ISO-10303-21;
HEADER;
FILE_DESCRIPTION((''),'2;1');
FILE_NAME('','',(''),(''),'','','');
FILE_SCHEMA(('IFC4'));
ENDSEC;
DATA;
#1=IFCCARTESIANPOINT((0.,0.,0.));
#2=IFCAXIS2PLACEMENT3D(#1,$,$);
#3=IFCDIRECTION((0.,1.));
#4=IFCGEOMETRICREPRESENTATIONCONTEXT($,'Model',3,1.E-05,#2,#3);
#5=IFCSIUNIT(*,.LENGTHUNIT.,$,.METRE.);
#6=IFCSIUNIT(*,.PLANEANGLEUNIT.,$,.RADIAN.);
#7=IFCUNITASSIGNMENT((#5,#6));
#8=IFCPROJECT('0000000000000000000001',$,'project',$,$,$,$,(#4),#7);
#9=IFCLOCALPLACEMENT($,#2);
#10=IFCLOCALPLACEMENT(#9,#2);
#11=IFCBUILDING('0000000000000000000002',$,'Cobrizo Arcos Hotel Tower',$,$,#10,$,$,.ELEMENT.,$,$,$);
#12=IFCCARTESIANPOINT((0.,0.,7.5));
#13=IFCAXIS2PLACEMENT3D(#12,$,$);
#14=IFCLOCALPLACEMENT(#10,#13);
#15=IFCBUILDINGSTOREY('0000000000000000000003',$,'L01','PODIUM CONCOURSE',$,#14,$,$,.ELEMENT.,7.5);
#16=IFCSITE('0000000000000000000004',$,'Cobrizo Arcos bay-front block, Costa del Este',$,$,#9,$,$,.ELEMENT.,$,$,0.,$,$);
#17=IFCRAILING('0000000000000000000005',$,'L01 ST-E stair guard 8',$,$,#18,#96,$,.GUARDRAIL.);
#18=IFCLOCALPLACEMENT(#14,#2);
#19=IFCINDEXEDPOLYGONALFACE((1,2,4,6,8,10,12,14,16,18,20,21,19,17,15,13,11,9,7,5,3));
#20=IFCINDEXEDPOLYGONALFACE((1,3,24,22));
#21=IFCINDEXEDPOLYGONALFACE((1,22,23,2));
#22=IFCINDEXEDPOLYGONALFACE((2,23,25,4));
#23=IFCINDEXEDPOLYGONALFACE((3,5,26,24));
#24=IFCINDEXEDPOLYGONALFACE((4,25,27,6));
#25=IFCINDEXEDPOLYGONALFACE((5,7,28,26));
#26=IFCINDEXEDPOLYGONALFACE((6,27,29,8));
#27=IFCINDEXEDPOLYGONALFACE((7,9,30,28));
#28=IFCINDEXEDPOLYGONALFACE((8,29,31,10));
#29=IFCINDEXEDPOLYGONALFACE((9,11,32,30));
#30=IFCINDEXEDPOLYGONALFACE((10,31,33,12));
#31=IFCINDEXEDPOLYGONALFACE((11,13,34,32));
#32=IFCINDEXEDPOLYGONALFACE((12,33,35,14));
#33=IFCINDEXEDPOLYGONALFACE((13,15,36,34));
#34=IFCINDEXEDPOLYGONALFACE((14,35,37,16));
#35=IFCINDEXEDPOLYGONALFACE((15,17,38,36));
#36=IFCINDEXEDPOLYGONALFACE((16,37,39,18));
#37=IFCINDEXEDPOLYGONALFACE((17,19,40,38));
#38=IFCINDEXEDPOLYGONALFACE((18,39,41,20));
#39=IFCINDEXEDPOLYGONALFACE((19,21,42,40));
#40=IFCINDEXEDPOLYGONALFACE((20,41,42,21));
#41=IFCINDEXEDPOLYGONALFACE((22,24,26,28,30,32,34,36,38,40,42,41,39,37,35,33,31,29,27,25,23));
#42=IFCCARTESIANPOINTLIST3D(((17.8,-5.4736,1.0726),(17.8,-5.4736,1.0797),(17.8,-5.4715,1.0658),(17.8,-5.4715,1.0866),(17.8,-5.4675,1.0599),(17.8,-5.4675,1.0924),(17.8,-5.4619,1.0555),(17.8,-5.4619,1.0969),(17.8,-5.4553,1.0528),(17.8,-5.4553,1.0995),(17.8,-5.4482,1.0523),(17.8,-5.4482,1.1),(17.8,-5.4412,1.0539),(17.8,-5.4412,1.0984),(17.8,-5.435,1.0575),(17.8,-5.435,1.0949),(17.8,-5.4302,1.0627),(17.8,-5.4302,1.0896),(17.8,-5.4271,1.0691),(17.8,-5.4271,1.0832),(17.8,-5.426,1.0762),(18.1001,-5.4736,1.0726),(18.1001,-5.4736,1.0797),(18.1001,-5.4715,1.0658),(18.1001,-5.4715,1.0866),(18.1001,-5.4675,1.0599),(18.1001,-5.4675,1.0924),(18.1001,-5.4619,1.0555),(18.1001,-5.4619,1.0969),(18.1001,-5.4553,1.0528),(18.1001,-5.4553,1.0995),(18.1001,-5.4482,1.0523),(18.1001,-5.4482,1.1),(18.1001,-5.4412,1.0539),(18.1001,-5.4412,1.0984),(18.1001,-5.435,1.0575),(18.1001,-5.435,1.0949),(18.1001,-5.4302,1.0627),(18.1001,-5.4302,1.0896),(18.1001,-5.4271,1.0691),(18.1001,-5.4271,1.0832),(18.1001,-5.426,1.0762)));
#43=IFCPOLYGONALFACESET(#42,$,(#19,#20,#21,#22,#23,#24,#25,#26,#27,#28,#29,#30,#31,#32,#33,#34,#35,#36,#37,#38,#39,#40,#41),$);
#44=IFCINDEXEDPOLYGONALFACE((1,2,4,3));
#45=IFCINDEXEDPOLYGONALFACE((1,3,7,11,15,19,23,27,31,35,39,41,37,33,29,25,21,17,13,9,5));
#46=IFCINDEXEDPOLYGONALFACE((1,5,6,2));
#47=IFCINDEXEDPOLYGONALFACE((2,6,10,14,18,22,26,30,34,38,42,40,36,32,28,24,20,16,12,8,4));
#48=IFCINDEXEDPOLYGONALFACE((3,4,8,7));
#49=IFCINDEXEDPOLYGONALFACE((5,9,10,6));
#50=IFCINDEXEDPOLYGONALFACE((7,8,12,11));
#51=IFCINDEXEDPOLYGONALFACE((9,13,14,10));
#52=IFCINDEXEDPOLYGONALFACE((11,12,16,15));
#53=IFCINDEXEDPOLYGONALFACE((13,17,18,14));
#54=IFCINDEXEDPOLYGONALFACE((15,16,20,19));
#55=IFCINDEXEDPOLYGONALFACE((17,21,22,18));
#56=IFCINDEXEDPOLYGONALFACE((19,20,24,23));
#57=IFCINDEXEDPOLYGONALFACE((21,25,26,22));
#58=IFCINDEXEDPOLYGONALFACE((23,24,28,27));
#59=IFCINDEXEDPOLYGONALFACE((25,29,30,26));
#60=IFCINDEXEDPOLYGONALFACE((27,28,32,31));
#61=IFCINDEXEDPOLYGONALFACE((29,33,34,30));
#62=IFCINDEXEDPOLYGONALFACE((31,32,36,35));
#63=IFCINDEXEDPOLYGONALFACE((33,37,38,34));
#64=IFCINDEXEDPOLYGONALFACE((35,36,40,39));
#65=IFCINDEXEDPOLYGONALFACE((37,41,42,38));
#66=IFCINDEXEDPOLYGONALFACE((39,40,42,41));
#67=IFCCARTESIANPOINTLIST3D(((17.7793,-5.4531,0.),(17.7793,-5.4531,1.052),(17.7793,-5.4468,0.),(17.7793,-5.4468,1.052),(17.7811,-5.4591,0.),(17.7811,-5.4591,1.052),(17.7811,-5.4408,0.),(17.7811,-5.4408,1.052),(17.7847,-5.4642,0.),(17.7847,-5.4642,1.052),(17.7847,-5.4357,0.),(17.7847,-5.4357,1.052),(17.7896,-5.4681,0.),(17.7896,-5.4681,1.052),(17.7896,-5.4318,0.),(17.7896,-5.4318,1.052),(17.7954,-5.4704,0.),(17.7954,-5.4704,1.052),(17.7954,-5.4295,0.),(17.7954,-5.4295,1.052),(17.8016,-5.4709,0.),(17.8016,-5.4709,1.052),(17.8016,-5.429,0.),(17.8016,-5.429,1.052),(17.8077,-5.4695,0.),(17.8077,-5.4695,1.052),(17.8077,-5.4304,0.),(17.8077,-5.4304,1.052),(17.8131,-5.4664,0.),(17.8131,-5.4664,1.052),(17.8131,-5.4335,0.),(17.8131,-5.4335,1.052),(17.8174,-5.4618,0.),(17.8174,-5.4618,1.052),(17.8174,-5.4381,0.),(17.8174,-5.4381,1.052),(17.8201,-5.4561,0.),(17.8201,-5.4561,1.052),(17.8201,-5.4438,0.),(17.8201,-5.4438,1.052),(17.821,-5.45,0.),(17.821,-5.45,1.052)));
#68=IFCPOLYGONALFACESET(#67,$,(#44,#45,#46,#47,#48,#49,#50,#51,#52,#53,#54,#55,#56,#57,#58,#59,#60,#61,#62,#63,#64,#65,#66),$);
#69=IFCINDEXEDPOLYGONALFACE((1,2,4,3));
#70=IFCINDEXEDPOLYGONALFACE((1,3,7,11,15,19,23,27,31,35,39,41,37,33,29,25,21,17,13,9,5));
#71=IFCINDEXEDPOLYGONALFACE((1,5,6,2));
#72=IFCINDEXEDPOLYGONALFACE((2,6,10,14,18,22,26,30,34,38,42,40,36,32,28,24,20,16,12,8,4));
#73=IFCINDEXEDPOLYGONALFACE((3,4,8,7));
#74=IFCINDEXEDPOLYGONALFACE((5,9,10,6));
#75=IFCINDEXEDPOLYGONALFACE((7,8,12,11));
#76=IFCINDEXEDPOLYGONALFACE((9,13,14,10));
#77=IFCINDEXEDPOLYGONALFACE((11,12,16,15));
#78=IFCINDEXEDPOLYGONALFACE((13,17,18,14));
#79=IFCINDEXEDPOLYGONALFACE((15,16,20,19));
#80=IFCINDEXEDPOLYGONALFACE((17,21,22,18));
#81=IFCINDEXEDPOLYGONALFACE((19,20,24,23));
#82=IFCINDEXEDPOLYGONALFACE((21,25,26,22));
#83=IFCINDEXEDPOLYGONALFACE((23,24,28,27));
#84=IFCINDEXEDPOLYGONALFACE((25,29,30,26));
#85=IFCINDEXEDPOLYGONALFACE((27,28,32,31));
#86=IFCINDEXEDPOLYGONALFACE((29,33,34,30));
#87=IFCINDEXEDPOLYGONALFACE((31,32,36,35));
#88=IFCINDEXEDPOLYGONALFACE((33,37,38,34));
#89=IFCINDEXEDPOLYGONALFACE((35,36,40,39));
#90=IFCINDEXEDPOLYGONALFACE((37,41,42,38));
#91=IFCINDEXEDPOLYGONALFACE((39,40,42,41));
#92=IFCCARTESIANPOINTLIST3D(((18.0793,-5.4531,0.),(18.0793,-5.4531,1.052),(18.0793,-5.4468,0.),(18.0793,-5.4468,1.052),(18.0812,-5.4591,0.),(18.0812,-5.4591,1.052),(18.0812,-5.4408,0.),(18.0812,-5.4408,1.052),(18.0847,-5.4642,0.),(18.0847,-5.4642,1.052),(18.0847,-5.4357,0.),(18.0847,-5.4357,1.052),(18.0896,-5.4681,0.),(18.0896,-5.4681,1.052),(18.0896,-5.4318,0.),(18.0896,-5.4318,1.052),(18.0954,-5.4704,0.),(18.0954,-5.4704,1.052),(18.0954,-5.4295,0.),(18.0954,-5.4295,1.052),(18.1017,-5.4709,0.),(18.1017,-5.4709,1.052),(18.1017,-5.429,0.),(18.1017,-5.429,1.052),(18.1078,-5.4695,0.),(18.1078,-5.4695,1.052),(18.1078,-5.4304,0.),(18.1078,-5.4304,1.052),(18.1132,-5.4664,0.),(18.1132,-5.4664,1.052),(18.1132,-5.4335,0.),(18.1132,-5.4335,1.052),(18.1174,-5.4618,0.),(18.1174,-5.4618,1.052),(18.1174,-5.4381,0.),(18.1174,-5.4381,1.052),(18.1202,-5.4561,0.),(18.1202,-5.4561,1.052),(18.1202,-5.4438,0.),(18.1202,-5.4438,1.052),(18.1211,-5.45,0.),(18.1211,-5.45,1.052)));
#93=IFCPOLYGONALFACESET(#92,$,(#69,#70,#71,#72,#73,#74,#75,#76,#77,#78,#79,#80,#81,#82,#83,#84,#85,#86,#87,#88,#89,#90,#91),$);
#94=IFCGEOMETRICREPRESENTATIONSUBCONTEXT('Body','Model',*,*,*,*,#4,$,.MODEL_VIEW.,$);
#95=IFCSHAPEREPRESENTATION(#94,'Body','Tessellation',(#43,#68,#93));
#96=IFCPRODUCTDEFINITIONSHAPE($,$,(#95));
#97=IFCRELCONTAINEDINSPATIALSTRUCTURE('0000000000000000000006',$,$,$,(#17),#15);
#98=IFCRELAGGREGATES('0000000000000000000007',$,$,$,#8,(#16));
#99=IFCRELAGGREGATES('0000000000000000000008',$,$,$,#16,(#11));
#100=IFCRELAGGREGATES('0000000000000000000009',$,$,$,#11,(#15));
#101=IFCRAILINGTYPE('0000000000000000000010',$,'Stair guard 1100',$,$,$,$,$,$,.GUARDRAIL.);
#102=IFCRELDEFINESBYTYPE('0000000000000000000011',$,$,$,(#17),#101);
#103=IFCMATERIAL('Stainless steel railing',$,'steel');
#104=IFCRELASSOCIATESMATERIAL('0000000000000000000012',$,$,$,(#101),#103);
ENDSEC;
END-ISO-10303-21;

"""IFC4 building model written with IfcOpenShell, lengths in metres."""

from ifc_helpers import new_model, si_unit, direction, frame, origin, origin_2d, place, context, subcontext, project, spatial, circle, extrude, material, type_object, element, save


model = new_model("IFC4")

# Units and contexts
model_context = context("Model", 3, precision=1e-05, world=origin(), true_north=direction((0.0, 1.0)))
body_context = subcontext(model_context, "Body", "Model", "MODEL_VIEW")
ifc_project = project(units=[si_unit("LENGTHUNIT", "METRE"), si_unit("PLANEANGLEUNIT", "RADIAN")], contexts=[model_context])

# Site, building, storey
site_placement = place(None, origin())
site = spatial("IfcSite", under=ifc_project, at=site_placement, Name="Cobrizo Arcos bay-front block, Costa del Este", CompositionType="ELEMENT", RefElevation=0.0)
building_placement = place(site_placement, origin())
building = spatial("IfcBuilding", under=site, at=building_placement, Name="Cobrizo Arcos Hotel Tower", CompositionType="ELEMENT")
storey_placement = place(building_placement, frame((0.0, 0.0, 7.5)))
storey = spatial("IfcBuildingStorey", under=building, at=storey_placement, Name="L01", Description="PODIUM CONCOURSE", CompositionType="ELEMENT", Elevation=7.5)

# Railing
ifc_material_1 = material(Name="Stainless steel railing", Category="steel")
railing_type_1 = type_object("IfcRailingType", Name="Stair guard 1100", PredefinedType="GUARDRAIL", material=ifc_material_1)
railing_1_placement = place(storey_placement, frame((17.8, -5.45, 0.0)))
element("IfcRailing", 1, at=railing_1_placement, inside=storey, type_object=railing_type_1, Name="L01 ST-E stair guard 8", PredefinedType="GUARDRAIL", context=body_context, shape_type="SweptSolid", body=[
    extrude(circle(Radius=0.0239, at=origin_2d()), frame((0.0, 0.0, 1.0762), z_axis=(1.0, 0.0, 0.0), x_axis=(0.0, 1.0, 0.0)), (0.0, 0.0, 1.0), 0.3),
    extrude(circle(Radius=0.021, at=origin_2d()), origin(), (0.0, 0.0, 1.0), 1.052),
    extrude(circle(Radius=0.021, at=origin_2d()), frame((0.3, 0.0, 0.0)), (0.0, 0.0, 1.0), 1.052),
])

save(model, "model.ifc")
